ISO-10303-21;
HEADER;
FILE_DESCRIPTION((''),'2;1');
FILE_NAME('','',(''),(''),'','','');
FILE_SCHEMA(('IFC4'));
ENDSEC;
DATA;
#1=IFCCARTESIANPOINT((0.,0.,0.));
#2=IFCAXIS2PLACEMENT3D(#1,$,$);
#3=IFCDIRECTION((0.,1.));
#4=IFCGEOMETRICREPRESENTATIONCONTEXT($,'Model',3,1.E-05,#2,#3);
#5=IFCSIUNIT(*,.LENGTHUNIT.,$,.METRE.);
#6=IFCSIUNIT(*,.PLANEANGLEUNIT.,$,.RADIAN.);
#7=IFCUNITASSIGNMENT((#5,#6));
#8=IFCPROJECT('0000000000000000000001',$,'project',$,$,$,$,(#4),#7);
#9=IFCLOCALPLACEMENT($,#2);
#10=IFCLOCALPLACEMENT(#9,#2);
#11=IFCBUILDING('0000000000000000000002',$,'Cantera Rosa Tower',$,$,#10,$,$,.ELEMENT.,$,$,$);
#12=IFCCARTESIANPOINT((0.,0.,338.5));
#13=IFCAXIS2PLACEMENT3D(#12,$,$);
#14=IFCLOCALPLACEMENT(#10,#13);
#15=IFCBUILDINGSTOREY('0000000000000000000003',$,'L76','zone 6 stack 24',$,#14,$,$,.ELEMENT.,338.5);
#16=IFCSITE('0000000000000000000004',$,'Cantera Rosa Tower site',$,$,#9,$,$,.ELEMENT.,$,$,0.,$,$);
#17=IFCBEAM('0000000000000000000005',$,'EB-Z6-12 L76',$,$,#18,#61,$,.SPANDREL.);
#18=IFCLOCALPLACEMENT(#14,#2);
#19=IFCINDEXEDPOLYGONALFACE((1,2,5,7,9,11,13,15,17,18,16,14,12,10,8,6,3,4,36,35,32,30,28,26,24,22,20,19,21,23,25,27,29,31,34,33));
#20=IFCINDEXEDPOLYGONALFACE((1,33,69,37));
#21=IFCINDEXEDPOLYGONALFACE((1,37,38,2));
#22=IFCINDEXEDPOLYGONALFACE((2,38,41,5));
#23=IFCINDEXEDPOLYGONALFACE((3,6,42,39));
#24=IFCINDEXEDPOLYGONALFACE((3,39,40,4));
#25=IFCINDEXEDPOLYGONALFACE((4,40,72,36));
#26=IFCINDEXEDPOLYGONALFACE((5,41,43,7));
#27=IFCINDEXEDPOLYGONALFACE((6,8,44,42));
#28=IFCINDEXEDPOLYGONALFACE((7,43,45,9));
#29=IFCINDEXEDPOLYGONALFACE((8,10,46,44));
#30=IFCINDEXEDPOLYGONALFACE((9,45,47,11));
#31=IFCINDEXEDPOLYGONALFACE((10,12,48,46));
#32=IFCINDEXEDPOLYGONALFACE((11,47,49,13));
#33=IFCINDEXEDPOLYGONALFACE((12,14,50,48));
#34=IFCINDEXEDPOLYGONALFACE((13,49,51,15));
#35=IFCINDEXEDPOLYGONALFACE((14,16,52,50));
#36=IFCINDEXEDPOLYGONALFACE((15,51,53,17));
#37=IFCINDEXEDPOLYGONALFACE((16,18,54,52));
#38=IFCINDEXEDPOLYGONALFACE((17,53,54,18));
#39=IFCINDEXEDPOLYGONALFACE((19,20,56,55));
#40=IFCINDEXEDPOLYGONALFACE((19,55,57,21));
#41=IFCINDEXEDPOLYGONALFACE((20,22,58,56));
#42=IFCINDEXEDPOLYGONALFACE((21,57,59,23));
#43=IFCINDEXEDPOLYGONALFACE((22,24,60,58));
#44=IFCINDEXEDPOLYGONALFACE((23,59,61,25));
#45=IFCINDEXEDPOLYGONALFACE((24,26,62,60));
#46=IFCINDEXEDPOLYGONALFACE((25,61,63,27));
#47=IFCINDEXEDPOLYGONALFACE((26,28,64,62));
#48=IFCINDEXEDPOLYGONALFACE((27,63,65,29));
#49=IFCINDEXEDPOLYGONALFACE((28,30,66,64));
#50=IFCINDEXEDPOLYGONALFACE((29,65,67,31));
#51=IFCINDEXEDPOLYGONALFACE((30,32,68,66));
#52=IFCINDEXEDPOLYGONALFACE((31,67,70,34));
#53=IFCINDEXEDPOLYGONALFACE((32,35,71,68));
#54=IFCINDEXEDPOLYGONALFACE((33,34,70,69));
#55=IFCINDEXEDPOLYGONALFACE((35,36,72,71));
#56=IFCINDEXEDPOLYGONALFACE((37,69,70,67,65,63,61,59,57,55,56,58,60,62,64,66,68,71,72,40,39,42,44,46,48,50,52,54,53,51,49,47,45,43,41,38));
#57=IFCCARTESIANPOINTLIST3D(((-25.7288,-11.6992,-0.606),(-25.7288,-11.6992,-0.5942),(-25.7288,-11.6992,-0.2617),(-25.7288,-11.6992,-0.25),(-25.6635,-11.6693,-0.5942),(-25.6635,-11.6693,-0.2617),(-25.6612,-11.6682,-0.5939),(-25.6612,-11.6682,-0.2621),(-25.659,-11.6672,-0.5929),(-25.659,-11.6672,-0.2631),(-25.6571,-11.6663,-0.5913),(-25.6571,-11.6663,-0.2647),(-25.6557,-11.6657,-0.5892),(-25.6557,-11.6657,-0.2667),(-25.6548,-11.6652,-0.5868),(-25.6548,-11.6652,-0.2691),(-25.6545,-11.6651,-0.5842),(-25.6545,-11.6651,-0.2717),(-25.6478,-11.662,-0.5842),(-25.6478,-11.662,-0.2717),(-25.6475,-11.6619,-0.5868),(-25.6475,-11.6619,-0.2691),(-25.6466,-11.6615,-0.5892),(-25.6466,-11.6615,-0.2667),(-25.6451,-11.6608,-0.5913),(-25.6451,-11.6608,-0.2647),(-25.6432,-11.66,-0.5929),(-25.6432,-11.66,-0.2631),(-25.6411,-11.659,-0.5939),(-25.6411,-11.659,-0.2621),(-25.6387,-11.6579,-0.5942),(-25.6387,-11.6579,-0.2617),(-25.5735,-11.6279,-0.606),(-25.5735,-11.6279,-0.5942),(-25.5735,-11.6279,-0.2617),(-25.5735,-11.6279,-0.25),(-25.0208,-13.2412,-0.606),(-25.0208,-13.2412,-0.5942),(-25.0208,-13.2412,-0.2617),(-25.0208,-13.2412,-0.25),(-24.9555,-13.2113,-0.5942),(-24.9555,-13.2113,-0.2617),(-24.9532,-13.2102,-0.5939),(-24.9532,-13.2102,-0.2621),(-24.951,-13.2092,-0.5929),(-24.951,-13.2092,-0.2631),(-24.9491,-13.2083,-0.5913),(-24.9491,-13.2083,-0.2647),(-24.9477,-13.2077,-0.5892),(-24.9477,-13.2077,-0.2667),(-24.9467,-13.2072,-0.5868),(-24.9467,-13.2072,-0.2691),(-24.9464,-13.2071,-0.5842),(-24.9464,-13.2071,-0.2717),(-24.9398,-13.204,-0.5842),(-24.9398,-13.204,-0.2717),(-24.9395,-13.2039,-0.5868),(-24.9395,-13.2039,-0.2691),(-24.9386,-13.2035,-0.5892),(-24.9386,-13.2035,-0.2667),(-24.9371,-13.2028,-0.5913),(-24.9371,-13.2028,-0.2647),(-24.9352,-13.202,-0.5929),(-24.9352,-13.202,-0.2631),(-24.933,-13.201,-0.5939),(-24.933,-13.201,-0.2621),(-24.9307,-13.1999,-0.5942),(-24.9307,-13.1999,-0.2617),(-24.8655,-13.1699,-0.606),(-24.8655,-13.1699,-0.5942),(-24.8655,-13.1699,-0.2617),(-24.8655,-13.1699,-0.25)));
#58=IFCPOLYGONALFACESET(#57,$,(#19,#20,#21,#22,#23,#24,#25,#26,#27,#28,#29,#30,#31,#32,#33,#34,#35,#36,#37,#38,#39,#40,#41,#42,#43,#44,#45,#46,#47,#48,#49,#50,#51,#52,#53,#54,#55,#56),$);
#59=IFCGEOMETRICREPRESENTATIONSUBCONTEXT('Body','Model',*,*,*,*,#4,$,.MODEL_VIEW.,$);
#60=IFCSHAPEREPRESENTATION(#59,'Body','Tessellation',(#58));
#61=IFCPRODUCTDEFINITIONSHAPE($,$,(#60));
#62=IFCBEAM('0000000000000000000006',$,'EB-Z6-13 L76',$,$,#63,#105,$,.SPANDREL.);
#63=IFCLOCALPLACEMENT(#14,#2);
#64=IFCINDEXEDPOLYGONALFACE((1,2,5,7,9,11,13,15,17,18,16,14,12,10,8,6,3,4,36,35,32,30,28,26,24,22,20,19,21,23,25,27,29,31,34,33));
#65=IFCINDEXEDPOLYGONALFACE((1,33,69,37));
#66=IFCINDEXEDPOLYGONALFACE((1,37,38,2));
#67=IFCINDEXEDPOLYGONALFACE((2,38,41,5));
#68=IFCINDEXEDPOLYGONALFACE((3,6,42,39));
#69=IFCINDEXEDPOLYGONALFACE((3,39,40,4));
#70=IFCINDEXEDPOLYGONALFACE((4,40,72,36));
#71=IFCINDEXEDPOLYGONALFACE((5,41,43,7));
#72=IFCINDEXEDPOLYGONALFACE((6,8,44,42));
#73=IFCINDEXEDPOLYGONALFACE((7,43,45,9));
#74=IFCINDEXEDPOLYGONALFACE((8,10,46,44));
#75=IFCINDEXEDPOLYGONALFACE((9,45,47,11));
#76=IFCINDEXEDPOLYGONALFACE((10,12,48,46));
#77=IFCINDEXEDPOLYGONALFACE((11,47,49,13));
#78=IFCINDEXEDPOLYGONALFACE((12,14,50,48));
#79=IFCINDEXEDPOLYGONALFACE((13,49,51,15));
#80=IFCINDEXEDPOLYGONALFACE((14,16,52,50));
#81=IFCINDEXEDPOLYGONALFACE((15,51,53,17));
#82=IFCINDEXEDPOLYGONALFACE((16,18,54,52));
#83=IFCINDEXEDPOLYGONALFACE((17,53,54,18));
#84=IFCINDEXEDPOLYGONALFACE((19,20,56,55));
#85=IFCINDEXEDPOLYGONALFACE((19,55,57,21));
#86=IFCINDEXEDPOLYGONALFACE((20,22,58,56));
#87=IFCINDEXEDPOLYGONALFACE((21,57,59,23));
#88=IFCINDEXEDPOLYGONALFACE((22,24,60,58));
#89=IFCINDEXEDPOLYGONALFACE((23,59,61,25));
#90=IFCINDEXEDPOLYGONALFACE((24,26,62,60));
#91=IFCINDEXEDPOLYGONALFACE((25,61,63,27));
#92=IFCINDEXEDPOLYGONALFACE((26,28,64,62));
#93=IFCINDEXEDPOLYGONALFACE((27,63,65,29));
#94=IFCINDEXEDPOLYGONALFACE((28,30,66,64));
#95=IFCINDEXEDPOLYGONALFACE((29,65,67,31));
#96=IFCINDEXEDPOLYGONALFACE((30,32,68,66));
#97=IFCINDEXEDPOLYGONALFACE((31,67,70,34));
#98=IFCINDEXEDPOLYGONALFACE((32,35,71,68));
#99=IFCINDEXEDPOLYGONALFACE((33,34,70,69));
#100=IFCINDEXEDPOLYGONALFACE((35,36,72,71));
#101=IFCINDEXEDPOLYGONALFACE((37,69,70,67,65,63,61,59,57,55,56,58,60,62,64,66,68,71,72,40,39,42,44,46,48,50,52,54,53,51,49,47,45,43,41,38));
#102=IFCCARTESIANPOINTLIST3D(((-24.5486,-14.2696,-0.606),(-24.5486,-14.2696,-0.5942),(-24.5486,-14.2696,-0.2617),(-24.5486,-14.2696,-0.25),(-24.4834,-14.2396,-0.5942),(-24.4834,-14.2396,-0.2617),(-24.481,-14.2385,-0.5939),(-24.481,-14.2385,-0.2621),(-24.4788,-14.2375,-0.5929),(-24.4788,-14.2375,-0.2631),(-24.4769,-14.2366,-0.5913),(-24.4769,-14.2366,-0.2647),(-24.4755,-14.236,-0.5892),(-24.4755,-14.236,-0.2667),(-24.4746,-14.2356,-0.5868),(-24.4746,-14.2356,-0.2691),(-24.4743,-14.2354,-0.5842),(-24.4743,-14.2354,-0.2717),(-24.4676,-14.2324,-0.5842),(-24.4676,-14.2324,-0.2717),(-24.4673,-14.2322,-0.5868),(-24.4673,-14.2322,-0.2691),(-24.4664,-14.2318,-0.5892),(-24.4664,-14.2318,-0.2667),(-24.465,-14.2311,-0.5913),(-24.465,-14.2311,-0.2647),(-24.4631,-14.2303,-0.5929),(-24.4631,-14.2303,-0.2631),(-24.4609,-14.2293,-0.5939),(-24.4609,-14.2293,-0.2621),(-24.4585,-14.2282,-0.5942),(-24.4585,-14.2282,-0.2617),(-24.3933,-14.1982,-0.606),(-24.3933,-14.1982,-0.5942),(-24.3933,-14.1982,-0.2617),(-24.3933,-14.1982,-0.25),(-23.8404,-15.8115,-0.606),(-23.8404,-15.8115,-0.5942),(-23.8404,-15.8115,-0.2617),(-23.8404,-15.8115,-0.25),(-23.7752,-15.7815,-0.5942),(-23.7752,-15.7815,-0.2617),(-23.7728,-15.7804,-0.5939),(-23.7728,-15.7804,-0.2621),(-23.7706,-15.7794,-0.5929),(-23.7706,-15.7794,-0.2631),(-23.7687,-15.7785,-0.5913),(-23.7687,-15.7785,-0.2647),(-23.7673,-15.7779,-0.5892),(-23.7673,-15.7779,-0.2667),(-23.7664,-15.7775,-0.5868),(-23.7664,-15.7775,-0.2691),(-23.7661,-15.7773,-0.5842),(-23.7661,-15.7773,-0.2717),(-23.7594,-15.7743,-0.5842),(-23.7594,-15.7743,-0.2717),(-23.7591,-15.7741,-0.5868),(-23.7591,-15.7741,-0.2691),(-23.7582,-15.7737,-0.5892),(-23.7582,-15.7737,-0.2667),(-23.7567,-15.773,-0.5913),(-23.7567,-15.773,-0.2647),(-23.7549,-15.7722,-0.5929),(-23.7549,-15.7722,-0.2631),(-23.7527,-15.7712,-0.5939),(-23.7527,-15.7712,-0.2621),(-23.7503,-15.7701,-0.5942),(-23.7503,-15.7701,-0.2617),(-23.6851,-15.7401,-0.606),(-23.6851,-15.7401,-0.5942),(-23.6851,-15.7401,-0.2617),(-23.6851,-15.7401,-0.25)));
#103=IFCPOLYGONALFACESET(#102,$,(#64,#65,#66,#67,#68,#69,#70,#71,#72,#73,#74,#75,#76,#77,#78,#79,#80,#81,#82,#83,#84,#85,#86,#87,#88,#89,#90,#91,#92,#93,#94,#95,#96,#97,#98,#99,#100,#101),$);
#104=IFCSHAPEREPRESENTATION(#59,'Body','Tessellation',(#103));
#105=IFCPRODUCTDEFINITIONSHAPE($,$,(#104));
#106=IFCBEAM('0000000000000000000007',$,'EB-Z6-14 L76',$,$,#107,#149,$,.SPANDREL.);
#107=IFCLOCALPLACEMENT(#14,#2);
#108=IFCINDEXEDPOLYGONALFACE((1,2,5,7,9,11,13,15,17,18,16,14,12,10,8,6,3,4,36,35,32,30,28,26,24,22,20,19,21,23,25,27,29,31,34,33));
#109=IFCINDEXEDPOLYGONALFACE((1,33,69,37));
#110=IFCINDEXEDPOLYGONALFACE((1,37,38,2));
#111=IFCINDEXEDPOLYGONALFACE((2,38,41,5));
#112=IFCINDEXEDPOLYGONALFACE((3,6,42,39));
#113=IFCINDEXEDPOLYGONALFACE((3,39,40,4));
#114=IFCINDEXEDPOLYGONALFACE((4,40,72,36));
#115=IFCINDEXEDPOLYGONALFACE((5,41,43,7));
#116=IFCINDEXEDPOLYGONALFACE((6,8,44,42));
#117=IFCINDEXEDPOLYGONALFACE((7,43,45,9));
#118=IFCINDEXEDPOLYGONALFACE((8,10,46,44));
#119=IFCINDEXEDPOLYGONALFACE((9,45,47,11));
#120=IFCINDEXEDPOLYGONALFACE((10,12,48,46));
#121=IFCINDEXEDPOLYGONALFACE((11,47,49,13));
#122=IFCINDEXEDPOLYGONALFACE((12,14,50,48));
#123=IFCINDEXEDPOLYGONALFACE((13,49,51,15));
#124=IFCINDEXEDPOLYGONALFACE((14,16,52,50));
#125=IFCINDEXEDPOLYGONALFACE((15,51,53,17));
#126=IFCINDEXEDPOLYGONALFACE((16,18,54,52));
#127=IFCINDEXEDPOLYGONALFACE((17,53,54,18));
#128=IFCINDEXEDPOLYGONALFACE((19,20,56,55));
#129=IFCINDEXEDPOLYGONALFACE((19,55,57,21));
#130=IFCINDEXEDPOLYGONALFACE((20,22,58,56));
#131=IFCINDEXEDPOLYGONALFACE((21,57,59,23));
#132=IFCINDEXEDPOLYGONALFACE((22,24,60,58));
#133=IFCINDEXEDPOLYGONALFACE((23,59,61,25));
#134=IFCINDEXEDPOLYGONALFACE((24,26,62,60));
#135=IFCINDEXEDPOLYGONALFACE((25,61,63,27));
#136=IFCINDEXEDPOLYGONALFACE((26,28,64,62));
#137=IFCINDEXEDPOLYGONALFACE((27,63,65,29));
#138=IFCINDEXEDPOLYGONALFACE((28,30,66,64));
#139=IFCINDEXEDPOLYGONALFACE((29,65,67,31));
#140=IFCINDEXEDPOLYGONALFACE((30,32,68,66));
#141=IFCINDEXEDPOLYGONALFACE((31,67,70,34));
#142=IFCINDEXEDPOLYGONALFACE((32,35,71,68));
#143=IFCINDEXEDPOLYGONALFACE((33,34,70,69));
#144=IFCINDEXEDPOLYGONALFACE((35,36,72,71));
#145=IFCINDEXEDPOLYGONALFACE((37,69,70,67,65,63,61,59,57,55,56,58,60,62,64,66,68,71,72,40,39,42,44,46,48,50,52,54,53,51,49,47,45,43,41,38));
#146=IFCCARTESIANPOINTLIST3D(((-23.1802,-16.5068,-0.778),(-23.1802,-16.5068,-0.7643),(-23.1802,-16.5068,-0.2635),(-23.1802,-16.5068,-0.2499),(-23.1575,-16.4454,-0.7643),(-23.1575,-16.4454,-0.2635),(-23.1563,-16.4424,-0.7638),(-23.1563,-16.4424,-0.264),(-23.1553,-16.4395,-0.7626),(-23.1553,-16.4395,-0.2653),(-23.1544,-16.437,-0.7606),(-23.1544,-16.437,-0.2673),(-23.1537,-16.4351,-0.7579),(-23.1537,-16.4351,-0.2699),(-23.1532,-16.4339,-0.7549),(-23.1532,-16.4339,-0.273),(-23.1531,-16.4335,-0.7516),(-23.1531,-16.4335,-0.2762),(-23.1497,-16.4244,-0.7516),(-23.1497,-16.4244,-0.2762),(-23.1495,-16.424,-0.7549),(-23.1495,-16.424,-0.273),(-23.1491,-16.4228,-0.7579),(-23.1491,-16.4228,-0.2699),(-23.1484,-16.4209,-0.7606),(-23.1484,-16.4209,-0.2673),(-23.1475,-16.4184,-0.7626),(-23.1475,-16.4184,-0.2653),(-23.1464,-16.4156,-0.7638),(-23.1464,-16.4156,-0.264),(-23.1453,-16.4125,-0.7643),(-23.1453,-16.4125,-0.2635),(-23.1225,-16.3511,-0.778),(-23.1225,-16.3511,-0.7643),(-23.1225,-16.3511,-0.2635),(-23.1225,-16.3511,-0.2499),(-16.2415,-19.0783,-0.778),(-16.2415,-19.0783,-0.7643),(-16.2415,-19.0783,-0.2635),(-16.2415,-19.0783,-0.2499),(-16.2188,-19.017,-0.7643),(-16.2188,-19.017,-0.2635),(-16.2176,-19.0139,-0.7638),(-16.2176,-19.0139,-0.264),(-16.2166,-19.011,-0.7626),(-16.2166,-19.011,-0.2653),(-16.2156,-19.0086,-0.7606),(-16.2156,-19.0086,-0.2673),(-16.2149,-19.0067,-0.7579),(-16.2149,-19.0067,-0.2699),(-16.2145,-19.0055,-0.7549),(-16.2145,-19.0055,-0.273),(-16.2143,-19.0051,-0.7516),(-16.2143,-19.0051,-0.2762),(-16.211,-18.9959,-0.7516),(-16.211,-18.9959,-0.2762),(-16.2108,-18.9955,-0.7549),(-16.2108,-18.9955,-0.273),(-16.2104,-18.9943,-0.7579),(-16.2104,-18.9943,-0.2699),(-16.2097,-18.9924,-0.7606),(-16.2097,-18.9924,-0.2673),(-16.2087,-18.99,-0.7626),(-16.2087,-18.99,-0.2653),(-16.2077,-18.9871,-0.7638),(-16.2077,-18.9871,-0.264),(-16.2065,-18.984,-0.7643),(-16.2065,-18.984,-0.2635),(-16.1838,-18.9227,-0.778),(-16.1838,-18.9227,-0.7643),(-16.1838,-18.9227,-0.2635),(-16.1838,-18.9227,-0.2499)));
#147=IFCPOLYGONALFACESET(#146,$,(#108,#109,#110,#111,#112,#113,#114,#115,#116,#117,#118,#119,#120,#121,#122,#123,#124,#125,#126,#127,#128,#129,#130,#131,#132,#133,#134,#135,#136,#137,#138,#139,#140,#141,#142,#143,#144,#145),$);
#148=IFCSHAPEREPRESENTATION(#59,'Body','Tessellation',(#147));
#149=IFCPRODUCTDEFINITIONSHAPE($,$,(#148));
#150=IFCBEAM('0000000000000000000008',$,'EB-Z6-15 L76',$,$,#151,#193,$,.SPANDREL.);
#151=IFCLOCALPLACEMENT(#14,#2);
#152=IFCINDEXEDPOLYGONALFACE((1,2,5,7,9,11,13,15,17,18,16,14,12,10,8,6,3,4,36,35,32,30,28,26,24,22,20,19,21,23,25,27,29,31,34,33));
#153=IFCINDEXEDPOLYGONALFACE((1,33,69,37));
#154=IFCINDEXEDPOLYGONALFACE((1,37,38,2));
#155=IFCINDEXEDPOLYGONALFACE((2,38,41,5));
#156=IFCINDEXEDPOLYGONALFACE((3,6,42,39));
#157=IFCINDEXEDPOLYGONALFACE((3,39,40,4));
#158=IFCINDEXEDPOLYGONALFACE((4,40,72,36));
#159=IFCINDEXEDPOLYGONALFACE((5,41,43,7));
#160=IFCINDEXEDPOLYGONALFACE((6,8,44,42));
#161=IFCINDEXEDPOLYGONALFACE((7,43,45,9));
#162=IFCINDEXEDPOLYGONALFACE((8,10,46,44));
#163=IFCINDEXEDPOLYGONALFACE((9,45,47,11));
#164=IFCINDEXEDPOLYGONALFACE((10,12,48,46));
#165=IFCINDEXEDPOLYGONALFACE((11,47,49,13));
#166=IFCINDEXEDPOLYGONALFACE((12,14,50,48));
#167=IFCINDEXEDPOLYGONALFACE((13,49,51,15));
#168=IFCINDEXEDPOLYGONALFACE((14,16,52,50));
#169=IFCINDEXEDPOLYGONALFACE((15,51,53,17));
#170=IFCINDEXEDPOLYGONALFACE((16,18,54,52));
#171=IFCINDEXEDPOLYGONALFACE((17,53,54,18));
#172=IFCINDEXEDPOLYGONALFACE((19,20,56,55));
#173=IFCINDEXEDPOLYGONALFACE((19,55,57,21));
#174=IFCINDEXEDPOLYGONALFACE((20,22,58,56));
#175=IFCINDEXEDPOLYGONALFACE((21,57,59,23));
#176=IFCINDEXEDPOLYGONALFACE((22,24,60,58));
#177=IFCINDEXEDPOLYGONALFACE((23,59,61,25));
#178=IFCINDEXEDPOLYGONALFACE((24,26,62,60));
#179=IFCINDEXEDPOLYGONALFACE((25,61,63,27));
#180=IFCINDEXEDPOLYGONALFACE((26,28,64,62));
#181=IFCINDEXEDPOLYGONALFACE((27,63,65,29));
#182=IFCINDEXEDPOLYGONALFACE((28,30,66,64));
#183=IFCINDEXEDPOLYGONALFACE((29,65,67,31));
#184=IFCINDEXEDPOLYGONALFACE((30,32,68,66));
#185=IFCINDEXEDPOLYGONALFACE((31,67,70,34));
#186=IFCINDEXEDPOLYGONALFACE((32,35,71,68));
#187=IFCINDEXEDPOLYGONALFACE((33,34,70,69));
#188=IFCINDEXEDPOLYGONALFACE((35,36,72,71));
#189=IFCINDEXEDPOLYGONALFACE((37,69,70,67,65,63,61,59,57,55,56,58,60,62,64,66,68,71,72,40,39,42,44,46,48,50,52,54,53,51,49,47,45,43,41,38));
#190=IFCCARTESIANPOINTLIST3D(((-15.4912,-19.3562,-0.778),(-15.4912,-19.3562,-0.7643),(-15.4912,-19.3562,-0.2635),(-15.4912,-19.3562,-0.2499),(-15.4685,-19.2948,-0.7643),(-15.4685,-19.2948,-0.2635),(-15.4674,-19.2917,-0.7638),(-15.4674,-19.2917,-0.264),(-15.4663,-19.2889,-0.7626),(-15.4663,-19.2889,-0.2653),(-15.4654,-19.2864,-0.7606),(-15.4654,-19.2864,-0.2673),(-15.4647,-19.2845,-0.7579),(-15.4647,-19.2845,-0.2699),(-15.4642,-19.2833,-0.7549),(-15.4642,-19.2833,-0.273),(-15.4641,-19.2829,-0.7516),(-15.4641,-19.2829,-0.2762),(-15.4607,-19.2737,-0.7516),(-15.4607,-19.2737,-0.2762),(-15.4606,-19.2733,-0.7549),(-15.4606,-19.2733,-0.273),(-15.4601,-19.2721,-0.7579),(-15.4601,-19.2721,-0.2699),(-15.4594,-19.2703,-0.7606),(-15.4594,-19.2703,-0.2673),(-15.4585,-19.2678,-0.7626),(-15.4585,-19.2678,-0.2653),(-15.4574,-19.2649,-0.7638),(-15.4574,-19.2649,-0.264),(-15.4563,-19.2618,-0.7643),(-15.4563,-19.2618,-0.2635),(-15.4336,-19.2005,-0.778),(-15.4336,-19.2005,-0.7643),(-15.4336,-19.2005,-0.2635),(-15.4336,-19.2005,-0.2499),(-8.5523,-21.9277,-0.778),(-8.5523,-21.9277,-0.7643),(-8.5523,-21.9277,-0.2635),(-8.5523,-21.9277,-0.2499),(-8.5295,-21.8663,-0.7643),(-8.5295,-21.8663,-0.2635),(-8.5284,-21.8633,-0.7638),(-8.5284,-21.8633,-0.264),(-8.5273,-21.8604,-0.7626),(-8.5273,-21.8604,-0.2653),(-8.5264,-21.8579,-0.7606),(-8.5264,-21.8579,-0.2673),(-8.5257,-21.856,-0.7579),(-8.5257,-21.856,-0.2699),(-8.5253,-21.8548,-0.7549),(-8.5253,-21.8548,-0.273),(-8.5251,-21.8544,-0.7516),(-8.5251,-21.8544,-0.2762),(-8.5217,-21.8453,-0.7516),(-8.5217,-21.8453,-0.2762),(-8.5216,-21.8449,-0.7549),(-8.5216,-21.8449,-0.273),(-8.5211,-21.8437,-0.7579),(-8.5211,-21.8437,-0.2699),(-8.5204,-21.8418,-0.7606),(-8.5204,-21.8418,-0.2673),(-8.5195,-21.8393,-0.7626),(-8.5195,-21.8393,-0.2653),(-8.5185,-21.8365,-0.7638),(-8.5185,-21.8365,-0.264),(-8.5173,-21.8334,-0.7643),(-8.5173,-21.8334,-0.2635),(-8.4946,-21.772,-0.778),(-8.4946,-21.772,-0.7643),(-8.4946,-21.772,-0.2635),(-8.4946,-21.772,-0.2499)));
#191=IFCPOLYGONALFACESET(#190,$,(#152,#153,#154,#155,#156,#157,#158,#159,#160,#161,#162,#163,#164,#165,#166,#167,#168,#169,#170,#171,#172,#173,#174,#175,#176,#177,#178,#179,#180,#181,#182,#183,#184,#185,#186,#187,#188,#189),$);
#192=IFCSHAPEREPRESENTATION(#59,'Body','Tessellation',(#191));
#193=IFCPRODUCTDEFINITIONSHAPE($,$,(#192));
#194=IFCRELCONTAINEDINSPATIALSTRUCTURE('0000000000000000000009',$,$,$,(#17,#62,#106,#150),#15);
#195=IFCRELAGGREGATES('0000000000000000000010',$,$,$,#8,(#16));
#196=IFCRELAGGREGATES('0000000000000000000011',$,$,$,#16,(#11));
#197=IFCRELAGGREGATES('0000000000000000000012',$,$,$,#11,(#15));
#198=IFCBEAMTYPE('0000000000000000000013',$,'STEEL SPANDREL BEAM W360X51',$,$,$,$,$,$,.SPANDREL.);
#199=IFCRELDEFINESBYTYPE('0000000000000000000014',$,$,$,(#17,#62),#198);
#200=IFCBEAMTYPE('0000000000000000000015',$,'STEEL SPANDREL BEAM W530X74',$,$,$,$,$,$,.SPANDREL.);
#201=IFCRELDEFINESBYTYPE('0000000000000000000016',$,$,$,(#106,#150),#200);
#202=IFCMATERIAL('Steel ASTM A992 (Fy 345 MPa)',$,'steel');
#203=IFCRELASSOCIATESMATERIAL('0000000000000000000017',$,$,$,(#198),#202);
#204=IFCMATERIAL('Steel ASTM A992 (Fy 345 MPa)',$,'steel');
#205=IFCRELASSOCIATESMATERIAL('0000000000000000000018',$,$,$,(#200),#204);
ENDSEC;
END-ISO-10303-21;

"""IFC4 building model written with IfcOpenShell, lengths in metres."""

from ifc_helpers import new_model, si_unit, direction, frame, origin, origin_2d, place, context, subcontext, project, spatial, i_section, extrude, material, material_profile, profile_set, type_object, element, save


model = new_model("IFC4")

# Units and contexts
model_context = context("Model", 3, precision=1e-05, world=origin(), true_north=direction((0.0, 1.0)))
body_context = subcontext(model_context, "Body", "Model", "MODEL_VIEW")
ifc_project = project(units=[si_unit("LENGTHUNIT", "METRE"), si_unit("PLANEANGLEUNIT", "RADIAN")], contexts=[model_context])

# Site, building, storey
site_placement = place(None, origin())
site = spatial("IfcSite", under=ifc_project, at=site_placement, Name="Cantera Rosa Tower site", CompositionType="ELEMENT", RefElevation=0.0)
building_placement = place(site_placement, origin())
building = spatial("IfcBuilding", under=site, at=building_placement, Name="Cantera Rosa Tower", CompositionType="ELEMENT")
storey_placement = place(building_placement, frame((0.0, 0.0, 338.5)))
storey = spatial("IfcBuildingStorey", under=building, at=storey_placement, Name="L76", Description="zone 6 stack 24", CompositionType="ELEMENT", Elevation=338.5)

# Beams
ifc_material_1 = material(Name="Steel ASTM A992 (Fy 345 MPa)", Category="steel")
ifc_material_profile_1 = material_profile(ifc_material_1, i_section(OverallWidth=0.1709, OverallDepth=0.356, WebThickness=0.0073, FlangeThickness=0.0117, FilletRadius=0.01, at=origin_2d()), Name="W360X51")
ifc_profile_set_1 = profile_set([ifc_material_profile_1], Name="Steel ASTM A992 (Fy 345 MPa)")
beam_type_1 = type_object("IfcBeamType", Name="STEEL SPANDREL BEAM W360X51", PredefinedType="SPANDREL", material=ifc_profile_set_1)
for number, where, z_axis, x_axis, name in (
    (1, (-25.6511, -11.6636, -0.428), (0.417269, -0.908783, 0.0), (0.908783, 0.417269, 0.0), "EB-Z6-12 L76"),
    (2, (-24.4709, -14.2339, -0.428), (0.417388, -0.908728, 0.0), (0.908728, 0.417388, 0.0), "EB-Z6-13 L76"),
):
    element("IfcBeam", number, at=place(storey_placement, frame(where, z_axis=z_axis, x_axis=x_axis)), inside=storey, type_object=beam_type_1, Name=name, PredefinedType="SPANDREL", context=body_context, shape_type="SweptSolid", body=[
        extrude(i_section(OverallWidth=0.1709, OverallDepth=0.356, WebThickness=0.0073, FlangeThickness=0.0117, FilletRadius=0.01, at=origin_2d()), origin(), (0.0, 0.0, 1.0), 1.6968),
    ])
ifc_material_2 = material(Name="Steel ASTM A992 (Fy 345 MPa)", Category="steel")
ifc_material_profile_2 = material_profile(ifc_material_2, i_section(OverallWidth=0.166, OverallDepth=0.5281, WebThickness=0.0098, FlangeThickness=0.0137, FilletRadius=0.0127, at=origin_2d()), Name="W530X74")
ifc_profile_set_2 = profile_set([ifc_material_profile_2], Name="Steel ASTM A992 (Fy 345 MPa)")
beam_type_2 = type_object("IfcBeamType", Name="STEEL SPANDREL BEAM W530X74", PredefinedType="SPANDREL", material=ifc_profile_set_2)
beam_1_placement = place(storey_placement, frame((-23.1514, -16.429, -0.5139), z_axis=(0.937677, -0.347509, 0.0), x_axis=(0.347509, 0.937677, 0.0)))
element("IfcBeam", 3, at=beam_1_placement, inside=storey, type_object=beam_type_2, Name="EB-Z6-14 L76", PredefinedType="SPANDREL", context=body_context, shape_type="SweptSolid", body=[
    extrude(i_section(OverallWidth=0.166, OverallDepth=0.5281, WebThickness=0.0098, FlangeThickness=0.0137, FilletRadius=0.0127, at=origin_2d()), origin(), (0.0, 0.0, 1.0), 7.3999),
])
beam_2_placement = place(storey_placement, frame((-15.4624, -19.2783, -0.5139), z_axis=(0.937681, -0.347498, 0.0), x_axis=(0.347498, 0.937681, 0.0)))
element("IfcBeam", 4, at=beam_2_placement, inside=storey, type_object=beam_type_2, Name="EB-Z6-15 L76", PredefinedType="SPANDREL", context=body_context, shape_type="SweptSolid", body=[
    extrude(i_section(OverallWidth=0.166, OverallDepth=0.5281, WebThickness=0.0098, FlangeThickness=0.0137, FilletRadius=0.0127, at=origin_2d()), origin(), (0.0, 0.0, 1.0), 7.4001),
])

save(model, "model.ifc")
